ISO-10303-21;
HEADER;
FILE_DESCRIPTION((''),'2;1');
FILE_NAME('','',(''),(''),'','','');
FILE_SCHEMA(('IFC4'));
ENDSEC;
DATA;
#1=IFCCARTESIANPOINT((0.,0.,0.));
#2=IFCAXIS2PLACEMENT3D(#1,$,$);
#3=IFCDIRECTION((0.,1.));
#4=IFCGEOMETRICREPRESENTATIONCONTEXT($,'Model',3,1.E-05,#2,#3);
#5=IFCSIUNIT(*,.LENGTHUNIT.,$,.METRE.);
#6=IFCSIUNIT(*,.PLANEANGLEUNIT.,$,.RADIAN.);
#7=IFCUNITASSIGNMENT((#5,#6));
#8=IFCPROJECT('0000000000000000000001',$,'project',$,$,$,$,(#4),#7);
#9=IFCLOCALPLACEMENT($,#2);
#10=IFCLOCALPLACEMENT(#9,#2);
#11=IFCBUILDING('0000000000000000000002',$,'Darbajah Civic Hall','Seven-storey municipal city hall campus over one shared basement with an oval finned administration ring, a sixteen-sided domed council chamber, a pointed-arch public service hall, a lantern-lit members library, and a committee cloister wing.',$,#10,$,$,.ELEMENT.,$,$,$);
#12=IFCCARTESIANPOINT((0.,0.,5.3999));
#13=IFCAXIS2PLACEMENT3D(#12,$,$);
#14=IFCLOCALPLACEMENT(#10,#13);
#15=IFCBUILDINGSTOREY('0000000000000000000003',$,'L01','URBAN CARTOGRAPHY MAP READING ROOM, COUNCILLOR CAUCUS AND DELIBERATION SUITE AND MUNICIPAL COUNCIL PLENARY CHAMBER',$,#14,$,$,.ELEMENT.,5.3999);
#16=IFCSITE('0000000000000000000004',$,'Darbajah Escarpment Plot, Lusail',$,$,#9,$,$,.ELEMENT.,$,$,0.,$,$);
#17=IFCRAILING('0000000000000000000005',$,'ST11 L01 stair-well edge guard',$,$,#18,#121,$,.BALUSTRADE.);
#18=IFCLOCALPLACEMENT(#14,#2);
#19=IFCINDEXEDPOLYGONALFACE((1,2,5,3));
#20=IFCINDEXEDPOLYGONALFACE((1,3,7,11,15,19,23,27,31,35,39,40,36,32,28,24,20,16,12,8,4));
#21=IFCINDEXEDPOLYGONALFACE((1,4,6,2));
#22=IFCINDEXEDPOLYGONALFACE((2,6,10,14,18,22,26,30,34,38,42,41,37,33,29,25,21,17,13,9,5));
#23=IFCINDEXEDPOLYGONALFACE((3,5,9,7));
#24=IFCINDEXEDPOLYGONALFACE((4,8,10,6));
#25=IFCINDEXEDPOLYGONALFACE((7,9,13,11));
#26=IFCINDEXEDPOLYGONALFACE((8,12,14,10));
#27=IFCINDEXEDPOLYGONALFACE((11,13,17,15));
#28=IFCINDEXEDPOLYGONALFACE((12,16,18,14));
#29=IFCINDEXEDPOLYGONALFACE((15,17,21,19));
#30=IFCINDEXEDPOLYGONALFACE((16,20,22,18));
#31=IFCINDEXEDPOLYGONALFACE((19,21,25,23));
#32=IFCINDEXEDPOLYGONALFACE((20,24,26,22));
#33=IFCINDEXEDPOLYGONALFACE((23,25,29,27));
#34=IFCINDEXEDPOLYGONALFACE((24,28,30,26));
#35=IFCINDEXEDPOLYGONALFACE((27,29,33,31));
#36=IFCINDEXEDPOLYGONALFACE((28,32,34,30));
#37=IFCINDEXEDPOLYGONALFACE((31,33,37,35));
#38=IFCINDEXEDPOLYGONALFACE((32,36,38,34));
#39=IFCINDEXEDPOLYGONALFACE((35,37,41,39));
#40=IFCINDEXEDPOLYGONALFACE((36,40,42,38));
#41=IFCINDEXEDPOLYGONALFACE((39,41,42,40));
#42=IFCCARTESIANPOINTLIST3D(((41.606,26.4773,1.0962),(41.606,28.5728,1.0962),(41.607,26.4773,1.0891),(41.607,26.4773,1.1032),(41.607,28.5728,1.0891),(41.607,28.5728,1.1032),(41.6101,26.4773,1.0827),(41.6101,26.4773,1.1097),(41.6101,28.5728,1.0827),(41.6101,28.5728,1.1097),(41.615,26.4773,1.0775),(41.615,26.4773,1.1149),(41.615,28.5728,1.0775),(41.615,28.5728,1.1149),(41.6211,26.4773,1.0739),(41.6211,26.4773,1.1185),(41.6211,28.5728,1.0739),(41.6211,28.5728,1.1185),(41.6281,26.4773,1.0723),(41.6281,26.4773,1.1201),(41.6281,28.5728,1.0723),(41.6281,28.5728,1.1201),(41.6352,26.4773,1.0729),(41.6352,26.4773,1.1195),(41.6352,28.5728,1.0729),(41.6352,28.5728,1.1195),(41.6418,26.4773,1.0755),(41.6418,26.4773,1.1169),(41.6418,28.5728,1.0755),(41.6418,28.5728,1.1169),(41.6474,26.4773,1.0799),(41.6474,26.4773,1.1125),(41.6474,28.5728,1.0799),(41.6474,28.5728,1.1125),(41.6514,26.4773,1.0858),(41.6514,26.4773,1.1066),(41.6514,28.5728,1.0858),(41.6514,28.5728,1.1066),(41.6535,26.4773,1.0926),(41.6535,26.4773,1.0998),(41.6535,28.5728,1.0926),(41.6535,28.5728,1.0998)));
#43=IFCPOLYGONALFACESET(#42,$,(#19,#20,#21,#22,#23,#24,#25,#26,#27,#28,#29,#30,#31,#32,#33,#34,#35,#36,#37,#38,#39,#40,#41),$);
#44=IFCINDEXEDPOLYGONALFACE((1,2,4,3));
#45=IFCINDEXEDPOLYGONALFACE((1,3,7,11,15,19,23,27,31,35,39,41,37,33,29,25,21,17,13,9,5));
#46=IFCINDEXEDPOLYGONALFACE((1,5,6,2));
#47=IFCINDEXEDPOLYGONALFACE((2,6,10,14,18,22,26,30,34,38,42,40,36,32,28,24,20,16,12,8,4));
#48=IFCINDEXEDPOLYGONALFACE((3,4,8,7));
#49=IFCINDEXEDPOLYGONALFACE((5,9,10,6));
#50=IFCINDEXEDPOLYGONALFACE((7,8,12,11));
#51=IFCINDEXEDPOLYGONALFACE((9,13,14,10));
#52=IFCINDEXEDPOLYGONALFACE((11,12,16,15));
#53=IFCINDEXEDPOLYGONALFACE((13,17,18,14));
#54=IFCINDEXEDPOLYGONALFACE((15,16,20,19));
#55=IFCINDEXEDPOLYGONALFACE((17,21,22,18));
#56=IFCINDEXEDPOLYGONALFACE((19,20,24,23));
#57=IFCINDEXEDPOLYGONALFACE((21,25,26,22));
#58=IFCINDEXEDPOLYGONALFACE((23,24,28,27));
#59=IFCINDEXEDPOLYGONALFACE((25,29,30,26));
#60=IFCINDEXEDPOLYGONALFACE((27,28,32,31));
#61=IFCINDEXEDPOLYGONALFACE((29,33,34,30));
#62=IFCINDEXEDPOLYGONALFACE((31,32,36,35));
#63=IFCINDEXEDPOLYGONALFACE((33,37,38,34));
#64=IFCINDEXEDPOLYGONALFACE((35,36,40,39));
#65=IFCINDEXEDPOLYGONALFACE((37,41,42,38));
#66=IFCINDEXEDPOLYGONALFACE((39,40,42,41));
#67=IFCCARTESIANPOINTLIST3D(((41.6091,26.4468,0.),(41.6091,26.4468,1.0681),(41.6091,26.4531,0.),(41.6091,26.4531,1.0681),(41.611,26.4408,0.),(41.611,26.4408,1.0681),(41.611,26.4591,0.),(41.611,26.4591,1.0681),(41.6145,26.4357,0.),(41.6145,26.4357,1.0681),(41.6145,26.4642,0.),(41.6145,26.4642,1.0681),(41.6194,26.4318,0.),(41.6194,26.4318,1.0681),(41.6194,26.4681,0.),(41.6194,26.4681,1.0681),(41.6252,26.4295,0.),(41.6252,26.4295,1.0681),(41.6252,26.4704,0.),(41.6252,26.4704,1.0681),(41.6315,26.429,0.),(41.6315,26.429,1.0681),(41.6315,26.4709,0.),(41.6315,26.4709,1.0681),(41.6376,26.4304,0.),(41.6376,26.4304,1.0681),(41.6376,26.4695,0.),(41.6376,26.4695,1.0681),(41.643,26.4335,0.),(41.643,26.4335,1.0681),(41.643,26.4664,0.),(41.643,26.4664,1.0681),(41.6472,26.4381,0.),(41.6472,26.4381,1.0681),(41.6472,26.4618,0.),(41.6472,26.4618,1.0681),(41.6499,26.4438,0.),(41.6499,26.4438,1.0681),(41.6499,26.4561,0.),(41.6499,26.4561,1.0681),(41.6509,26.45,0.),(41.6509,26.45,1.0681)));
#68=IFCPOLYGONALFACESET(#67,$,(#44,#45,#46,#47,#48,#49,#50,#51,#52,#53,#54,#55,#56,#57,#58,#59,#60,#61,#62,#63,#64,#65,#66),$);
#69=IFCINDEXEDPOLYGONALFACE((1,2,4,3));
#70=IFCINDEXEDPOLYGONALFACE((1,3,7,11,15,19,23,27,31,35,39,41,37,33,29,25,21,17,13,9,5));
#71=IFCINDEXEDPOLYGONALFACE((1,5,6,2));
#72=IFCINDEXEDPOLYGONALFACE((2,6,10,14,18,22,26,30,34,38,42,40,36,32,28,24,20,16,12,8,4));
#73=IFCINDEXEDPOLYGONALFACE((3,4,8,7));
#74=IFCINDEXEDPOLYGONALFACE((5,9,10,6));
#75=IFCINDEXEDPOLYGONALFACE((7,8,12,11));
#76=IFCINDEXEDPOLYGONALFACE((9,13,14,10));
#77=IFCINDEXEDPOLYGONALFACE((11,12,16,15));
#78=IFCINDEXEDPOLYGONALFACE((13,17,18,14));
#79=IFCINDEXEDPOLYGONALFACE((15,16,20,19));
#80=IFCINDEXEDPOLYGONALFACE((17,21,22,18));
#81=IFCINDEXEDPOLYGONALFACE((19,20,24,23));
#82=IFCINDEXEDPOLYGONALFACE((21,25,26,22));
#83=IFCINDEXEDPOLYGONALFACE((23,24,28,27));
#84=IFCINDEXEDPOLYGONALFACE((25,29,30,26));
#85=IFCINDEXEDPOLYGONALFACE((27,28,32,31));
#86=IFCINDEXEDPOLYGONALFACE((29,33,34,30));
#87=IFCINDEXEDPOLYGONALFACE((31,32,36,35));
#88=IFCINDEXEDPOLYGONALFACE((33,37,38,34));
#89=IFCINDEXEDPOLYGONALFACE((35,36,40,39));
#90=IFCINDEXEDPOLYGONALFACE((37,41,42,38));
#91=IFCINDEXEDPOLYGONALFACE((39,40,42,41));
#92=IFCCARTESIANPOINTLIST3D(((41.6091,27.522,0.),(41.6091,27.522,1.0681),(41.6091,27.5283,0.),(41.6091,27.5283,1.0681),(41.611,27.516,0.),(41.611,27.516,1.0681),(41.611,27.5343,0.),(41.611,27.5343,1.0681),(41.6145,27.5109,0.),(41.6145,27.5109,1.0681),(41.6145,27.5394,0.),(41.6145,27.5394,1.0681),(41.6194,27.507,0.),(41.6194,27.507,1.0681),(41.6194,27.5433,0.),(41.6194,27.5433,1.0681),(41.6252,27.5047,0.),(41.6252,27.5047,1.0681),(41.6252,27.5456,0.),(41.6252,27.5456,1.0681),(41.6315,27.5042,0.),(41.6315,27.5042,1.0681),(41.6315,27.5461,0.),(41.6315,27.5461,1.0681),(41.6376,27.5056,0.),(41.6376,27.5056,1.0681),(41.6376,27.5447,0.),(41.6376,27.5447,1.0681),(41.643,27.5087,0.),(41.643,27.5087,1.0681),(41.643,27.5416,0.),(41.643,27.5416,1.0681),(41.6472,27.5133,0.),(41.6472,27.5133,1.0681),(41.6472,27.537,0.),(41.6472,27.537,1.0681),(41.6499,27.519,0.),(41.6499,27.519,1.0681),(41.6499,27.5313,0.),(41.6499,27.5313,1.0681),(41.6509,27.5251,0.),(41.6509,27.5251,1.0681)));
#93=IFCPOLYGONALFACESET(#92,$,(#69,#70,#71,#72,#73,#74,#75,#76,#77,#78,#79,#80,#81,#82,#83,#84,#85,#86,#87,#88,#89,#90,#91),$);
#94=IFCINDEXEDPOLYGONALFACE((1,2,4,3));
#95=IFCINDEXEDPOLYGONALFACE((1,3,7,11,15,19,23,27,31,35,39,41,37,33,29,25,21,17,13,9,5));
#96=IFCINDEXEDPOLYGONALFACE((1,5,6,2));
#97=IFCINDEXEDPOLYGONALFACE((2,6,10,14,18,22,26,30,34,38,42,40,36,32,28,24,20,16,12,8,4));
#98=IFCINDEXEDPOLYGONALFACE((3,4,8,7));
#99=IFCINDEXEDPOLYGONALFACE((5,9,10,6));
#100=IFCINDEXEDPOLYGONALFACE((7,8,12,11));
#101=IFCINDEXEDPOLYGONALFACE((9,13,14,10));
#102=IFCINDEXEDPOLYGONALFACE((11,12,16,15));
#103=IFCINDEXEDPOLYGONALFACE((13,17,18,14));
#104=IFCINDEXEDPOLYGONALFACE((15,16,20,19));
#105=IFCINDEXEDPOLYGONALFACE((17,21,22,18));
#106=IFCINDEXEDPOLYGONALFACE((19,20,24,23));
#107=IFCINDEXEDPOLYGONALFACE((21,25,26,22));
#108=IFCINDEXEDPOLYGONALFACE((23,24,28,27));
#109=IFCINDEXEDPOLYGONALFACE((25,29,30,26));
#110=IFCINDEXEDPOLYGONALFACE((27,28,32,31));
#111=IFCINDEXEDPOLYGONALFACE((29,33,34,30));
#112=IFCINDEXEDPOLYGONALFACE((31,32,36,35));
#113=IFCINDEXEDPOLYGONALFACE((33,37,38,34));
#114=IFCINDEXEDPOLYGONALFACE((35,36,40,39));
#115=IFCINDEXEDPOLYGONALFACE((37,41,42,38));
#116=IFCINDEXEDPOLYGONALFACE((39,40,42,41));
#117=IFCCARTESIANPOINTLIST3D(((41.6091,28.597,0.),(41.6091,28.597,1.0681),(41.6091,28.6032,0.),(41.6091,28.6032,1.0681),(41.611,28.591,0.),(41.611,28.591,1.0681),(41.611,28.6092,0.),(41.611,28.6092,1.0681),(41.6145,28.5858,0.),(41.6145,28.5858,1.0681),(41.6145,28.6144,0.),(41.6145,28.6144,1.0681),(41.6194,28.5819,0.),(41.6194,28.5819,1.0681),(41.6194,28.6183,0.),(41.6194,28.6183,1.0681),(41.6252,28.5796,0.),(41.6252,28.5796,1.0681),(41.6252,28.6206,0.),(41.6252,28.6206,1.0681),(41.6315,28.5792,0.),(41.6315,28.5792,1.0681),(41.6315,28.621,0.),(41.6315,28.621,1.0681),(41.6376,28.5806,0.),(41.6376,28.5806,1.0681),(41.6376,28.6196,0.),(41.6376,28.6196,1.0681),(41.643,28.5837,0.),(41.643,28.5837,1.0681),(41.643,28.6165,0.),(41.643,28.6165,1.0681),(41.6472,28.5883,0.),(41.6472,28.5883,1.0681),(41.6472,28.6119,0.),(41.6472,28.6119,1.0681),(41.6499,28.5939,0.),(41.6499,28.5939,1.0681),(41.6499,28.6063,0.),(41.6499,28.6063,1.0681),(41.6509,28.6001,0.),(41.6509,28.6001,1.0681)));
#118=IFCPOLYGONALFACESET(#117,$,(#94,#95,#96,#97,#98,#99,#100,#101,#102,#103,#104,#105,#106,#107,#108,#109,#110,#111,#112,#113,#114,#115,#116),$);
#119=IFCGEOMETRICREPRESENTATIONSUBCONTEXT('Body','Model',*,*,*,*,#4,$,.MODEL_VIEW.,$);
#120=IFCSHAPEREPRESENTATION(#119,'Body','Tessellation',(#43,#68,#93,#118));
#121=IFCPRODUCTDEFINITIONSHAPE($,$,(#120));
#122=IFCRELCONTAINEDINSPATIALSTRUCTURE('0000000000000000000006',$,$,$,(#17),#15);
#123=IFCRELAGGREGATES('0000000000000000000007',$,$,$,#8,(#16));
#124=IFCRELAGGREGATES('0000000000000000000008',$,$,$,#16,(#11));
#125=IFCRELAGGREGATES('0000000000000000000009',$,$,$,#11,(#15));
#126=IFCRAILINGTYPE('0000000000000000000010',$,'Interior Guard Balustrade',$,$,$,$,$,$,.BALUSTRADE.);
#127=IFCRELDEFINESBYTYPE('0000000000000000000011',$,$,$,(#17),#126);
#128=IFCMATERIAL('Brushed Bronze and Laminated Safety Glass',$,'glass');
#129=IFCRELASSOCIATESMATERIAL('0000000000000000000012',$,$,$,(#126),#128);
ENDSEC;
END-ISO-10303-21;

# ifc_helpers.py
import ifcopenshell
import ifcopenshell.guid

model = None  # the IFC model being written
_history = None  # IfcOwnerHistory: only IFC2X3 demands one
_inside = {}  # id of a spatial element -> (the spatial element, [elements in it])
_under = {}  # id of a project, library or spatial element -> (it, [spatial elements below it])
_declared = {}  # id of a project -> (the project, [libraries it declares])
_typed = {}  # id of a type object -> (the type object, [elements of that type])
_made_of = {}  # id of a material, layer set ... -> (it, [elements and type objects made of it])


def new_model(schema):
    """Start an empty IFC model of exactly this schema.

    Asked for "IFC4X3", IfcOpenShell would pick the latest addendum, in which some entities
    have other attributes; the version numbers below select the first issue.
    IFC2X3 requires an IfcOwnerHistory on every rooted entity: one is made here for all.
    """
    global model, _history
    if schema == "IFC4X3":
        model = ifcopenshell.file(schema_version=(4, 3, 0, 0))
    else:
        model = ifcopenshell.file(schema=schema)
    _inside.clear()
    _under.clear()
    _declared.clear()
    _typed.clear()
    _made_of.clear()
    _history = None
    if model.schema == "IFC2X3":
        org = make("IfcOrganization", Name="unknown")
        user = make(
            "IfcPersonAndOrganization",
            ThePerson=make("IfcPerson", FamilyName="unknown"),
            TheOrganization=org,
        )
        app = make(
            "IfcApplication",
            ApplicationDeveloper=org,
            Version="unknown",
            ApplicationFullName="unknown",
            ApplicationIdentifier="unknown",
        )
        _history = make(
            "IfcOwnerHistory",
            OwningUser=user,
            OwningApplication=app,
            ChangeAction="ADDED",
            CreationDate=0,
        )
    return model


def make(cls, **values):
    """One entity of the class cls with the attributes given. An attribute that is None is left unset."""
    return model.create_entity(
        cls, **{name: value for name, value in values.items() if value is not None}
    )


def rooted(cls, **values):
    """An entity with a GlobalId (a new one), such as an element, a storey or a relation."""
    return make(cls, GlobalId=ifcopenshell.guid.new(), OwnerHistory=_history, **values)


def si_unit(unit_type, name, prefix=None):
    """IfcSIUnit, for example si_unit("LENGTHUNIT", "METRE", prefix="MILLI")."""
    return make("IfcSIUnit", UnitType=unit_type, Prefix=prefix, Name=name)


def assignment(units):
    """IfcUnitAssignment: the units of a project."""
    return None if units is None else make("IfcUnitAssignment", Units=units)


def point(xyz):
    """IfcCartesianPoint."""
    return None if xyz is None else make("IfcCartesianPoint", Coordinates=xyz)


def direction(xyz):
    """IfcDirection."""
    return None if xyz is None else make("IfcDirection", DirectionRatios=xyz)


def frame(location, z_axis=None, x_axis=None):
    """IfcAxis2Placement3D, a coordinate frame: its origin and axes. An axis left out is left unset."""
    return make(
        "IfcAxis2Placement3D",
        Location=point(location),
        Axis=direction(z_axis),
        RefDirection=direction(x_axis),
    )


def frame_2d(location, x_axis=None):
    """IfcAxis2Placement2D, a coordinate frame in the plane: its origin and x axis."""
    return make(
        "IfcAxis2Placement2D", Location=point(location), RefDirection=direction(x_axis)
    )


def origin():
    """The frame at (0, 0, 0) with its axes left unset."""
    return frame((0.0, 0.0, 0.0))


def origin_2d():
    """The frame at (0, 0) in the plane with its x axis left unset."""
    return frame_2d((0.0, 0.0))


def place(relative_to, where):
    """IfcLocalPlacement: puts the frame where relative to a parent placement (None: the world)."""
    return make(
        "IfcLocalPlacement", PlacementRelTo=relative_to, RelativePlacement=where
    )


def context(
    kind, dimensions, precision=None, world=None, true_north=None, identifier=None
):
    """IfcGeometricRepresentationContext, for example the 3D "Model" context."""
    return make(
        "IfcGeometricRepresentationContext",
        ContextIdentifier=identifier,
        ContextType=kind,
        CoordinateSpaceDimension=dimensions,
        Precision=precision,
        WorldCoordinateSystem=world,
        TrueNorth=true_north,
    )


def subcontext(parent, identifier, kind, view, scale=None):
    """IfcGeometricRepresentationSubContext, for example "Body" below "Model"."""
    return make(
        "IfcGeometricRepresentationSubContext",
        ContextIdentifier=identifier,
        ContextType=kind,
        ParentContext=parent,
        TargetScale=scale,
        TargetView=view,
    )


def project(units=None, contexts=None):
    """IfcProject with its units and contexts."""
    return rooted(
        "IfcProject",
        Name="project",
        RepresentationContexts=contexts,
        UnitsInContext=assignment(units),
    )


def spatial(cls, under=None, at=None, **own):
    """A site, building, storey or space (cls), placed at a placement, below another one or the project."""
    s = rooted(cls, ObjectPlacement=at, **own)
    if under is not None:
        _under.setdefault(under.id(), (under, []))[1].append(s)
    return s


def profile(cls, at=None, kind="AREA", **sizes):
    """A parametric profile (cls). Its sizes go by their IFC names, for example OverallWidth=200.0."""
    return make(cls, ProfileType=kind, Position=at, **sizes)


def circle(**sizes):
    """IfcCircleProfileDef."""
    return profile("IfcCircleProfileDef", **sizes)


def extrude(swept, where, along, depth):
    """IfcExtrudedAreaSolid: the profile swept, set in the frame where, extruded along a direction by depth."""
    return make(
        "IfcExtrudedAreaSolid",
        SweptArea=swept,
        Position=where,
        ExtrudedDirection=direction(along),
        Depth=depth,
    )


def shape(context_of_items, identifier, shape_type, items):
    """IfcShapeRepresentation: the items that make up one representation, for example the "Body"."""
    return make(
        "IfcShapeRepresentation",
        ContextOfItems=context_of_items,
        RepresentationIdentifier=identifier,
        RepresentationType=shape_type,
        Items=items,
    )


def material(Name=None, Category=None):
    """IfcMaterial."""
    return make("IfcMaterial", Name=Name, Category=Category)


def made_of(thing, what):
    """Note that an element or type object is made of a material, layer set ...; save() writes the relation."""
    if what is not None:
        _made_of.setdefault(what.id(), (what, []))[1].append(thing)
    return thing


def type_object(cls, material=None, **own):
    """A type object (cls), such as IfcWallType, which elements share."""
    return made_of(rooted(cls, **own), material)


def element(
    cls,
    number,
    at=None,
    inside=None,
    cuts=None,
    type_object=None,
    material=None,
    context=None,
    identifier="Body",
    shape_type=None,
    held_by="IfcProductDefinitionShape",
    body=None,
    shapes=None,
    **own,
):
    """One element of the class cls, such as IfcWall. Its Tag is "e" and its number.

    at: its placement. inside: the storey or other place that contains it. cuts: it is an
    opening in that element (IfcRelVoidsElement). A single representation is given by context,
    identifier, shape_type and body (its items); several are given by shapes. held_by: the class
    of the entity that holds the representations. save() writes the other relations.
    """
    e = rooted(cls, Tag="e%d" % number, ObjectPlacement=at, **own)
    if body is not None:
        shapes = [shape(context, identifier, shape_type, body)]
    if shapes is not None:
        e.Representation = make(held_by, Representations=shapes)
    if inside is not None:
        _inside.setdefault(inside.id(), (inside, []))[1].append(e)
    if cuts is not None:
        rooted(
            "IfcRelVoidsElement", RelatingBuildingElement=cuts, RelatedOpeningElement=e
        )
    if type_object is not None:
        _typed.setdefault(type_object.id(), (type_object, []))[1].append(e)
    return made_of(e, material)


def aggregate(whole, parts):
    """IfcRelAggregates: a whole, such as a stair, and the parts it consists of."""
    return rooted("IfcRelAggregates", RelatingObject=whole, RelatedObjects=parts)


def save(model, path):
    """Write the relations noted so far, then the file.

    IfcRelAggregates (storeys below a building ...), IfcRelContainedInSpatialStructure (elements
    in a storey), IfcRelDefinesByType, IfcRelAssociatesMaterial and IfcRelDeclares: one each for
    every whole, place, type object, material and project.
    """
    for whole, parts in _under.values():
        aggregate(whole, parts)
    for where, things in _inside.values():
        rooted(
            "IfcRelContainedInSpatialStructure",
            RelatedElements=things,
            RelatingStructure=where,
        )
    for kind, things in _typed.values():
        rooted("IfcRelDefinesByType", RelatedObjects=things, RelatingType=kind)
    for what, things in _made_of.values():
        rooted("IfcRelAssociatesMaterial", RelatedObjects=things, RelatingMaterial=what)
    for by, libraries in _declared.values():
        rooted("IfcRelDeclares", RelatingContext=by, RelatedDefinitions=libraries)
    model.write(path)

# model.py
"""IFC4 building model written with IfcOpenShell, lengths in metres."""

from ifc_helpers import new_model, si_unit, direction, frame, origin, origin_2d, place, context, subcontext, project, spatial, circle, extrude, material, type_object, element, save


model = new_model("IFC4")

# Units and contexts
model_context = context("Model", 3, precision=1e-05, world=origin(), true_north=direction((0.0, 1.0)))
body_context = subcontext(model_context, "Body", "Model", "MODEL_VIEW")
ifc_project = project(units=[si_unit("LENGTHUNIT", "METRE"), si_unit("PLANEANGLEUNIT", "RADIAN")], contexts=[model_context])

# Site, building, storey
site_placement = place(None, origin())
site = spatial("IfcSite", under=ifc_project, at=site_placement, Name="Darbajah Escarpment Plot, Lusail", CompositionType="ELEMENT", RefElevation=0.0)
building_placement = place(site_placement, origin())
building = spatial("IfcBuilding", under=site, at=building_placement, Name="Darbajah Civic Hall", Description="Seven-storey municipal city hall campus over one shared basement with an oval finned administration ring, a sixteen-sided domed council chamber, a pointed-arch public service hall, a lantern-lit members library, and a committee cloister wing.", CompositionType="ELEMENT")
storey_placement = place(building_placement, frame((0.0, 0.0, 5.3999)))
storey = spatial("IfcBuildingStorey", under=building, at=storey_placement, Name="L01", Description="URBAN CARTOGRAPHY MAP READING ROOM, COUNCILLOR CAUCUS AND DELIBERATION SUITE AND MUNICIPAL COUNCIL PLENARY CHAMBER", CompositionType="ELEMENT", Elevation=5.3999)

# Railing
ifc_material_1 = material(Name="Brushed Bronze and Laminated Safety Glass", Category="glass")
railing_type_1 = type_object("IfcRailingType", Name="Interior Guard Balustrade", PredefinedType="BALUSTRADE", material=ifc_material_1)
railing_1_placement = place(storey_placement, frame((41.6299, 26.45, 0.0)))
element("IfcRailing", 1, at=railing_1_placement, inside=storey, type_object=railing_type_1, Name="ST11 L01 stair-well edge guard", PredefinedType="BALUSTRADE", context=body_context, shape_type="SweptSolid", body=[
    extrude(circle(Radius=0.0239, at=origin_2d()), frame((0.0, 0.0273, 1.0962), z_axis=(0.0, 1.0, 0.0), x_axis=(-1.0, 0.0, 0.0)), (0.0, 0.0, 1.0), 2.0955),
    extrude(circle(Radius=0.021, at=origin_2d()), origin(), (0.0, 0.0, 1.0), 1.0681),
    extrude(circle(Radius=0.021, at=origin_2d()), frame((0.0, 1.0752, 0.0)), (0.0, 0.0, 1.0), 1.0681),
    extrude(circle(Radius=0.021, at=origin_2d()), frame((0.0, 2.1501, 0.0)), (0.0, 0.0, 1.0), 1.0681),
])

save(model, "model.ifc")
